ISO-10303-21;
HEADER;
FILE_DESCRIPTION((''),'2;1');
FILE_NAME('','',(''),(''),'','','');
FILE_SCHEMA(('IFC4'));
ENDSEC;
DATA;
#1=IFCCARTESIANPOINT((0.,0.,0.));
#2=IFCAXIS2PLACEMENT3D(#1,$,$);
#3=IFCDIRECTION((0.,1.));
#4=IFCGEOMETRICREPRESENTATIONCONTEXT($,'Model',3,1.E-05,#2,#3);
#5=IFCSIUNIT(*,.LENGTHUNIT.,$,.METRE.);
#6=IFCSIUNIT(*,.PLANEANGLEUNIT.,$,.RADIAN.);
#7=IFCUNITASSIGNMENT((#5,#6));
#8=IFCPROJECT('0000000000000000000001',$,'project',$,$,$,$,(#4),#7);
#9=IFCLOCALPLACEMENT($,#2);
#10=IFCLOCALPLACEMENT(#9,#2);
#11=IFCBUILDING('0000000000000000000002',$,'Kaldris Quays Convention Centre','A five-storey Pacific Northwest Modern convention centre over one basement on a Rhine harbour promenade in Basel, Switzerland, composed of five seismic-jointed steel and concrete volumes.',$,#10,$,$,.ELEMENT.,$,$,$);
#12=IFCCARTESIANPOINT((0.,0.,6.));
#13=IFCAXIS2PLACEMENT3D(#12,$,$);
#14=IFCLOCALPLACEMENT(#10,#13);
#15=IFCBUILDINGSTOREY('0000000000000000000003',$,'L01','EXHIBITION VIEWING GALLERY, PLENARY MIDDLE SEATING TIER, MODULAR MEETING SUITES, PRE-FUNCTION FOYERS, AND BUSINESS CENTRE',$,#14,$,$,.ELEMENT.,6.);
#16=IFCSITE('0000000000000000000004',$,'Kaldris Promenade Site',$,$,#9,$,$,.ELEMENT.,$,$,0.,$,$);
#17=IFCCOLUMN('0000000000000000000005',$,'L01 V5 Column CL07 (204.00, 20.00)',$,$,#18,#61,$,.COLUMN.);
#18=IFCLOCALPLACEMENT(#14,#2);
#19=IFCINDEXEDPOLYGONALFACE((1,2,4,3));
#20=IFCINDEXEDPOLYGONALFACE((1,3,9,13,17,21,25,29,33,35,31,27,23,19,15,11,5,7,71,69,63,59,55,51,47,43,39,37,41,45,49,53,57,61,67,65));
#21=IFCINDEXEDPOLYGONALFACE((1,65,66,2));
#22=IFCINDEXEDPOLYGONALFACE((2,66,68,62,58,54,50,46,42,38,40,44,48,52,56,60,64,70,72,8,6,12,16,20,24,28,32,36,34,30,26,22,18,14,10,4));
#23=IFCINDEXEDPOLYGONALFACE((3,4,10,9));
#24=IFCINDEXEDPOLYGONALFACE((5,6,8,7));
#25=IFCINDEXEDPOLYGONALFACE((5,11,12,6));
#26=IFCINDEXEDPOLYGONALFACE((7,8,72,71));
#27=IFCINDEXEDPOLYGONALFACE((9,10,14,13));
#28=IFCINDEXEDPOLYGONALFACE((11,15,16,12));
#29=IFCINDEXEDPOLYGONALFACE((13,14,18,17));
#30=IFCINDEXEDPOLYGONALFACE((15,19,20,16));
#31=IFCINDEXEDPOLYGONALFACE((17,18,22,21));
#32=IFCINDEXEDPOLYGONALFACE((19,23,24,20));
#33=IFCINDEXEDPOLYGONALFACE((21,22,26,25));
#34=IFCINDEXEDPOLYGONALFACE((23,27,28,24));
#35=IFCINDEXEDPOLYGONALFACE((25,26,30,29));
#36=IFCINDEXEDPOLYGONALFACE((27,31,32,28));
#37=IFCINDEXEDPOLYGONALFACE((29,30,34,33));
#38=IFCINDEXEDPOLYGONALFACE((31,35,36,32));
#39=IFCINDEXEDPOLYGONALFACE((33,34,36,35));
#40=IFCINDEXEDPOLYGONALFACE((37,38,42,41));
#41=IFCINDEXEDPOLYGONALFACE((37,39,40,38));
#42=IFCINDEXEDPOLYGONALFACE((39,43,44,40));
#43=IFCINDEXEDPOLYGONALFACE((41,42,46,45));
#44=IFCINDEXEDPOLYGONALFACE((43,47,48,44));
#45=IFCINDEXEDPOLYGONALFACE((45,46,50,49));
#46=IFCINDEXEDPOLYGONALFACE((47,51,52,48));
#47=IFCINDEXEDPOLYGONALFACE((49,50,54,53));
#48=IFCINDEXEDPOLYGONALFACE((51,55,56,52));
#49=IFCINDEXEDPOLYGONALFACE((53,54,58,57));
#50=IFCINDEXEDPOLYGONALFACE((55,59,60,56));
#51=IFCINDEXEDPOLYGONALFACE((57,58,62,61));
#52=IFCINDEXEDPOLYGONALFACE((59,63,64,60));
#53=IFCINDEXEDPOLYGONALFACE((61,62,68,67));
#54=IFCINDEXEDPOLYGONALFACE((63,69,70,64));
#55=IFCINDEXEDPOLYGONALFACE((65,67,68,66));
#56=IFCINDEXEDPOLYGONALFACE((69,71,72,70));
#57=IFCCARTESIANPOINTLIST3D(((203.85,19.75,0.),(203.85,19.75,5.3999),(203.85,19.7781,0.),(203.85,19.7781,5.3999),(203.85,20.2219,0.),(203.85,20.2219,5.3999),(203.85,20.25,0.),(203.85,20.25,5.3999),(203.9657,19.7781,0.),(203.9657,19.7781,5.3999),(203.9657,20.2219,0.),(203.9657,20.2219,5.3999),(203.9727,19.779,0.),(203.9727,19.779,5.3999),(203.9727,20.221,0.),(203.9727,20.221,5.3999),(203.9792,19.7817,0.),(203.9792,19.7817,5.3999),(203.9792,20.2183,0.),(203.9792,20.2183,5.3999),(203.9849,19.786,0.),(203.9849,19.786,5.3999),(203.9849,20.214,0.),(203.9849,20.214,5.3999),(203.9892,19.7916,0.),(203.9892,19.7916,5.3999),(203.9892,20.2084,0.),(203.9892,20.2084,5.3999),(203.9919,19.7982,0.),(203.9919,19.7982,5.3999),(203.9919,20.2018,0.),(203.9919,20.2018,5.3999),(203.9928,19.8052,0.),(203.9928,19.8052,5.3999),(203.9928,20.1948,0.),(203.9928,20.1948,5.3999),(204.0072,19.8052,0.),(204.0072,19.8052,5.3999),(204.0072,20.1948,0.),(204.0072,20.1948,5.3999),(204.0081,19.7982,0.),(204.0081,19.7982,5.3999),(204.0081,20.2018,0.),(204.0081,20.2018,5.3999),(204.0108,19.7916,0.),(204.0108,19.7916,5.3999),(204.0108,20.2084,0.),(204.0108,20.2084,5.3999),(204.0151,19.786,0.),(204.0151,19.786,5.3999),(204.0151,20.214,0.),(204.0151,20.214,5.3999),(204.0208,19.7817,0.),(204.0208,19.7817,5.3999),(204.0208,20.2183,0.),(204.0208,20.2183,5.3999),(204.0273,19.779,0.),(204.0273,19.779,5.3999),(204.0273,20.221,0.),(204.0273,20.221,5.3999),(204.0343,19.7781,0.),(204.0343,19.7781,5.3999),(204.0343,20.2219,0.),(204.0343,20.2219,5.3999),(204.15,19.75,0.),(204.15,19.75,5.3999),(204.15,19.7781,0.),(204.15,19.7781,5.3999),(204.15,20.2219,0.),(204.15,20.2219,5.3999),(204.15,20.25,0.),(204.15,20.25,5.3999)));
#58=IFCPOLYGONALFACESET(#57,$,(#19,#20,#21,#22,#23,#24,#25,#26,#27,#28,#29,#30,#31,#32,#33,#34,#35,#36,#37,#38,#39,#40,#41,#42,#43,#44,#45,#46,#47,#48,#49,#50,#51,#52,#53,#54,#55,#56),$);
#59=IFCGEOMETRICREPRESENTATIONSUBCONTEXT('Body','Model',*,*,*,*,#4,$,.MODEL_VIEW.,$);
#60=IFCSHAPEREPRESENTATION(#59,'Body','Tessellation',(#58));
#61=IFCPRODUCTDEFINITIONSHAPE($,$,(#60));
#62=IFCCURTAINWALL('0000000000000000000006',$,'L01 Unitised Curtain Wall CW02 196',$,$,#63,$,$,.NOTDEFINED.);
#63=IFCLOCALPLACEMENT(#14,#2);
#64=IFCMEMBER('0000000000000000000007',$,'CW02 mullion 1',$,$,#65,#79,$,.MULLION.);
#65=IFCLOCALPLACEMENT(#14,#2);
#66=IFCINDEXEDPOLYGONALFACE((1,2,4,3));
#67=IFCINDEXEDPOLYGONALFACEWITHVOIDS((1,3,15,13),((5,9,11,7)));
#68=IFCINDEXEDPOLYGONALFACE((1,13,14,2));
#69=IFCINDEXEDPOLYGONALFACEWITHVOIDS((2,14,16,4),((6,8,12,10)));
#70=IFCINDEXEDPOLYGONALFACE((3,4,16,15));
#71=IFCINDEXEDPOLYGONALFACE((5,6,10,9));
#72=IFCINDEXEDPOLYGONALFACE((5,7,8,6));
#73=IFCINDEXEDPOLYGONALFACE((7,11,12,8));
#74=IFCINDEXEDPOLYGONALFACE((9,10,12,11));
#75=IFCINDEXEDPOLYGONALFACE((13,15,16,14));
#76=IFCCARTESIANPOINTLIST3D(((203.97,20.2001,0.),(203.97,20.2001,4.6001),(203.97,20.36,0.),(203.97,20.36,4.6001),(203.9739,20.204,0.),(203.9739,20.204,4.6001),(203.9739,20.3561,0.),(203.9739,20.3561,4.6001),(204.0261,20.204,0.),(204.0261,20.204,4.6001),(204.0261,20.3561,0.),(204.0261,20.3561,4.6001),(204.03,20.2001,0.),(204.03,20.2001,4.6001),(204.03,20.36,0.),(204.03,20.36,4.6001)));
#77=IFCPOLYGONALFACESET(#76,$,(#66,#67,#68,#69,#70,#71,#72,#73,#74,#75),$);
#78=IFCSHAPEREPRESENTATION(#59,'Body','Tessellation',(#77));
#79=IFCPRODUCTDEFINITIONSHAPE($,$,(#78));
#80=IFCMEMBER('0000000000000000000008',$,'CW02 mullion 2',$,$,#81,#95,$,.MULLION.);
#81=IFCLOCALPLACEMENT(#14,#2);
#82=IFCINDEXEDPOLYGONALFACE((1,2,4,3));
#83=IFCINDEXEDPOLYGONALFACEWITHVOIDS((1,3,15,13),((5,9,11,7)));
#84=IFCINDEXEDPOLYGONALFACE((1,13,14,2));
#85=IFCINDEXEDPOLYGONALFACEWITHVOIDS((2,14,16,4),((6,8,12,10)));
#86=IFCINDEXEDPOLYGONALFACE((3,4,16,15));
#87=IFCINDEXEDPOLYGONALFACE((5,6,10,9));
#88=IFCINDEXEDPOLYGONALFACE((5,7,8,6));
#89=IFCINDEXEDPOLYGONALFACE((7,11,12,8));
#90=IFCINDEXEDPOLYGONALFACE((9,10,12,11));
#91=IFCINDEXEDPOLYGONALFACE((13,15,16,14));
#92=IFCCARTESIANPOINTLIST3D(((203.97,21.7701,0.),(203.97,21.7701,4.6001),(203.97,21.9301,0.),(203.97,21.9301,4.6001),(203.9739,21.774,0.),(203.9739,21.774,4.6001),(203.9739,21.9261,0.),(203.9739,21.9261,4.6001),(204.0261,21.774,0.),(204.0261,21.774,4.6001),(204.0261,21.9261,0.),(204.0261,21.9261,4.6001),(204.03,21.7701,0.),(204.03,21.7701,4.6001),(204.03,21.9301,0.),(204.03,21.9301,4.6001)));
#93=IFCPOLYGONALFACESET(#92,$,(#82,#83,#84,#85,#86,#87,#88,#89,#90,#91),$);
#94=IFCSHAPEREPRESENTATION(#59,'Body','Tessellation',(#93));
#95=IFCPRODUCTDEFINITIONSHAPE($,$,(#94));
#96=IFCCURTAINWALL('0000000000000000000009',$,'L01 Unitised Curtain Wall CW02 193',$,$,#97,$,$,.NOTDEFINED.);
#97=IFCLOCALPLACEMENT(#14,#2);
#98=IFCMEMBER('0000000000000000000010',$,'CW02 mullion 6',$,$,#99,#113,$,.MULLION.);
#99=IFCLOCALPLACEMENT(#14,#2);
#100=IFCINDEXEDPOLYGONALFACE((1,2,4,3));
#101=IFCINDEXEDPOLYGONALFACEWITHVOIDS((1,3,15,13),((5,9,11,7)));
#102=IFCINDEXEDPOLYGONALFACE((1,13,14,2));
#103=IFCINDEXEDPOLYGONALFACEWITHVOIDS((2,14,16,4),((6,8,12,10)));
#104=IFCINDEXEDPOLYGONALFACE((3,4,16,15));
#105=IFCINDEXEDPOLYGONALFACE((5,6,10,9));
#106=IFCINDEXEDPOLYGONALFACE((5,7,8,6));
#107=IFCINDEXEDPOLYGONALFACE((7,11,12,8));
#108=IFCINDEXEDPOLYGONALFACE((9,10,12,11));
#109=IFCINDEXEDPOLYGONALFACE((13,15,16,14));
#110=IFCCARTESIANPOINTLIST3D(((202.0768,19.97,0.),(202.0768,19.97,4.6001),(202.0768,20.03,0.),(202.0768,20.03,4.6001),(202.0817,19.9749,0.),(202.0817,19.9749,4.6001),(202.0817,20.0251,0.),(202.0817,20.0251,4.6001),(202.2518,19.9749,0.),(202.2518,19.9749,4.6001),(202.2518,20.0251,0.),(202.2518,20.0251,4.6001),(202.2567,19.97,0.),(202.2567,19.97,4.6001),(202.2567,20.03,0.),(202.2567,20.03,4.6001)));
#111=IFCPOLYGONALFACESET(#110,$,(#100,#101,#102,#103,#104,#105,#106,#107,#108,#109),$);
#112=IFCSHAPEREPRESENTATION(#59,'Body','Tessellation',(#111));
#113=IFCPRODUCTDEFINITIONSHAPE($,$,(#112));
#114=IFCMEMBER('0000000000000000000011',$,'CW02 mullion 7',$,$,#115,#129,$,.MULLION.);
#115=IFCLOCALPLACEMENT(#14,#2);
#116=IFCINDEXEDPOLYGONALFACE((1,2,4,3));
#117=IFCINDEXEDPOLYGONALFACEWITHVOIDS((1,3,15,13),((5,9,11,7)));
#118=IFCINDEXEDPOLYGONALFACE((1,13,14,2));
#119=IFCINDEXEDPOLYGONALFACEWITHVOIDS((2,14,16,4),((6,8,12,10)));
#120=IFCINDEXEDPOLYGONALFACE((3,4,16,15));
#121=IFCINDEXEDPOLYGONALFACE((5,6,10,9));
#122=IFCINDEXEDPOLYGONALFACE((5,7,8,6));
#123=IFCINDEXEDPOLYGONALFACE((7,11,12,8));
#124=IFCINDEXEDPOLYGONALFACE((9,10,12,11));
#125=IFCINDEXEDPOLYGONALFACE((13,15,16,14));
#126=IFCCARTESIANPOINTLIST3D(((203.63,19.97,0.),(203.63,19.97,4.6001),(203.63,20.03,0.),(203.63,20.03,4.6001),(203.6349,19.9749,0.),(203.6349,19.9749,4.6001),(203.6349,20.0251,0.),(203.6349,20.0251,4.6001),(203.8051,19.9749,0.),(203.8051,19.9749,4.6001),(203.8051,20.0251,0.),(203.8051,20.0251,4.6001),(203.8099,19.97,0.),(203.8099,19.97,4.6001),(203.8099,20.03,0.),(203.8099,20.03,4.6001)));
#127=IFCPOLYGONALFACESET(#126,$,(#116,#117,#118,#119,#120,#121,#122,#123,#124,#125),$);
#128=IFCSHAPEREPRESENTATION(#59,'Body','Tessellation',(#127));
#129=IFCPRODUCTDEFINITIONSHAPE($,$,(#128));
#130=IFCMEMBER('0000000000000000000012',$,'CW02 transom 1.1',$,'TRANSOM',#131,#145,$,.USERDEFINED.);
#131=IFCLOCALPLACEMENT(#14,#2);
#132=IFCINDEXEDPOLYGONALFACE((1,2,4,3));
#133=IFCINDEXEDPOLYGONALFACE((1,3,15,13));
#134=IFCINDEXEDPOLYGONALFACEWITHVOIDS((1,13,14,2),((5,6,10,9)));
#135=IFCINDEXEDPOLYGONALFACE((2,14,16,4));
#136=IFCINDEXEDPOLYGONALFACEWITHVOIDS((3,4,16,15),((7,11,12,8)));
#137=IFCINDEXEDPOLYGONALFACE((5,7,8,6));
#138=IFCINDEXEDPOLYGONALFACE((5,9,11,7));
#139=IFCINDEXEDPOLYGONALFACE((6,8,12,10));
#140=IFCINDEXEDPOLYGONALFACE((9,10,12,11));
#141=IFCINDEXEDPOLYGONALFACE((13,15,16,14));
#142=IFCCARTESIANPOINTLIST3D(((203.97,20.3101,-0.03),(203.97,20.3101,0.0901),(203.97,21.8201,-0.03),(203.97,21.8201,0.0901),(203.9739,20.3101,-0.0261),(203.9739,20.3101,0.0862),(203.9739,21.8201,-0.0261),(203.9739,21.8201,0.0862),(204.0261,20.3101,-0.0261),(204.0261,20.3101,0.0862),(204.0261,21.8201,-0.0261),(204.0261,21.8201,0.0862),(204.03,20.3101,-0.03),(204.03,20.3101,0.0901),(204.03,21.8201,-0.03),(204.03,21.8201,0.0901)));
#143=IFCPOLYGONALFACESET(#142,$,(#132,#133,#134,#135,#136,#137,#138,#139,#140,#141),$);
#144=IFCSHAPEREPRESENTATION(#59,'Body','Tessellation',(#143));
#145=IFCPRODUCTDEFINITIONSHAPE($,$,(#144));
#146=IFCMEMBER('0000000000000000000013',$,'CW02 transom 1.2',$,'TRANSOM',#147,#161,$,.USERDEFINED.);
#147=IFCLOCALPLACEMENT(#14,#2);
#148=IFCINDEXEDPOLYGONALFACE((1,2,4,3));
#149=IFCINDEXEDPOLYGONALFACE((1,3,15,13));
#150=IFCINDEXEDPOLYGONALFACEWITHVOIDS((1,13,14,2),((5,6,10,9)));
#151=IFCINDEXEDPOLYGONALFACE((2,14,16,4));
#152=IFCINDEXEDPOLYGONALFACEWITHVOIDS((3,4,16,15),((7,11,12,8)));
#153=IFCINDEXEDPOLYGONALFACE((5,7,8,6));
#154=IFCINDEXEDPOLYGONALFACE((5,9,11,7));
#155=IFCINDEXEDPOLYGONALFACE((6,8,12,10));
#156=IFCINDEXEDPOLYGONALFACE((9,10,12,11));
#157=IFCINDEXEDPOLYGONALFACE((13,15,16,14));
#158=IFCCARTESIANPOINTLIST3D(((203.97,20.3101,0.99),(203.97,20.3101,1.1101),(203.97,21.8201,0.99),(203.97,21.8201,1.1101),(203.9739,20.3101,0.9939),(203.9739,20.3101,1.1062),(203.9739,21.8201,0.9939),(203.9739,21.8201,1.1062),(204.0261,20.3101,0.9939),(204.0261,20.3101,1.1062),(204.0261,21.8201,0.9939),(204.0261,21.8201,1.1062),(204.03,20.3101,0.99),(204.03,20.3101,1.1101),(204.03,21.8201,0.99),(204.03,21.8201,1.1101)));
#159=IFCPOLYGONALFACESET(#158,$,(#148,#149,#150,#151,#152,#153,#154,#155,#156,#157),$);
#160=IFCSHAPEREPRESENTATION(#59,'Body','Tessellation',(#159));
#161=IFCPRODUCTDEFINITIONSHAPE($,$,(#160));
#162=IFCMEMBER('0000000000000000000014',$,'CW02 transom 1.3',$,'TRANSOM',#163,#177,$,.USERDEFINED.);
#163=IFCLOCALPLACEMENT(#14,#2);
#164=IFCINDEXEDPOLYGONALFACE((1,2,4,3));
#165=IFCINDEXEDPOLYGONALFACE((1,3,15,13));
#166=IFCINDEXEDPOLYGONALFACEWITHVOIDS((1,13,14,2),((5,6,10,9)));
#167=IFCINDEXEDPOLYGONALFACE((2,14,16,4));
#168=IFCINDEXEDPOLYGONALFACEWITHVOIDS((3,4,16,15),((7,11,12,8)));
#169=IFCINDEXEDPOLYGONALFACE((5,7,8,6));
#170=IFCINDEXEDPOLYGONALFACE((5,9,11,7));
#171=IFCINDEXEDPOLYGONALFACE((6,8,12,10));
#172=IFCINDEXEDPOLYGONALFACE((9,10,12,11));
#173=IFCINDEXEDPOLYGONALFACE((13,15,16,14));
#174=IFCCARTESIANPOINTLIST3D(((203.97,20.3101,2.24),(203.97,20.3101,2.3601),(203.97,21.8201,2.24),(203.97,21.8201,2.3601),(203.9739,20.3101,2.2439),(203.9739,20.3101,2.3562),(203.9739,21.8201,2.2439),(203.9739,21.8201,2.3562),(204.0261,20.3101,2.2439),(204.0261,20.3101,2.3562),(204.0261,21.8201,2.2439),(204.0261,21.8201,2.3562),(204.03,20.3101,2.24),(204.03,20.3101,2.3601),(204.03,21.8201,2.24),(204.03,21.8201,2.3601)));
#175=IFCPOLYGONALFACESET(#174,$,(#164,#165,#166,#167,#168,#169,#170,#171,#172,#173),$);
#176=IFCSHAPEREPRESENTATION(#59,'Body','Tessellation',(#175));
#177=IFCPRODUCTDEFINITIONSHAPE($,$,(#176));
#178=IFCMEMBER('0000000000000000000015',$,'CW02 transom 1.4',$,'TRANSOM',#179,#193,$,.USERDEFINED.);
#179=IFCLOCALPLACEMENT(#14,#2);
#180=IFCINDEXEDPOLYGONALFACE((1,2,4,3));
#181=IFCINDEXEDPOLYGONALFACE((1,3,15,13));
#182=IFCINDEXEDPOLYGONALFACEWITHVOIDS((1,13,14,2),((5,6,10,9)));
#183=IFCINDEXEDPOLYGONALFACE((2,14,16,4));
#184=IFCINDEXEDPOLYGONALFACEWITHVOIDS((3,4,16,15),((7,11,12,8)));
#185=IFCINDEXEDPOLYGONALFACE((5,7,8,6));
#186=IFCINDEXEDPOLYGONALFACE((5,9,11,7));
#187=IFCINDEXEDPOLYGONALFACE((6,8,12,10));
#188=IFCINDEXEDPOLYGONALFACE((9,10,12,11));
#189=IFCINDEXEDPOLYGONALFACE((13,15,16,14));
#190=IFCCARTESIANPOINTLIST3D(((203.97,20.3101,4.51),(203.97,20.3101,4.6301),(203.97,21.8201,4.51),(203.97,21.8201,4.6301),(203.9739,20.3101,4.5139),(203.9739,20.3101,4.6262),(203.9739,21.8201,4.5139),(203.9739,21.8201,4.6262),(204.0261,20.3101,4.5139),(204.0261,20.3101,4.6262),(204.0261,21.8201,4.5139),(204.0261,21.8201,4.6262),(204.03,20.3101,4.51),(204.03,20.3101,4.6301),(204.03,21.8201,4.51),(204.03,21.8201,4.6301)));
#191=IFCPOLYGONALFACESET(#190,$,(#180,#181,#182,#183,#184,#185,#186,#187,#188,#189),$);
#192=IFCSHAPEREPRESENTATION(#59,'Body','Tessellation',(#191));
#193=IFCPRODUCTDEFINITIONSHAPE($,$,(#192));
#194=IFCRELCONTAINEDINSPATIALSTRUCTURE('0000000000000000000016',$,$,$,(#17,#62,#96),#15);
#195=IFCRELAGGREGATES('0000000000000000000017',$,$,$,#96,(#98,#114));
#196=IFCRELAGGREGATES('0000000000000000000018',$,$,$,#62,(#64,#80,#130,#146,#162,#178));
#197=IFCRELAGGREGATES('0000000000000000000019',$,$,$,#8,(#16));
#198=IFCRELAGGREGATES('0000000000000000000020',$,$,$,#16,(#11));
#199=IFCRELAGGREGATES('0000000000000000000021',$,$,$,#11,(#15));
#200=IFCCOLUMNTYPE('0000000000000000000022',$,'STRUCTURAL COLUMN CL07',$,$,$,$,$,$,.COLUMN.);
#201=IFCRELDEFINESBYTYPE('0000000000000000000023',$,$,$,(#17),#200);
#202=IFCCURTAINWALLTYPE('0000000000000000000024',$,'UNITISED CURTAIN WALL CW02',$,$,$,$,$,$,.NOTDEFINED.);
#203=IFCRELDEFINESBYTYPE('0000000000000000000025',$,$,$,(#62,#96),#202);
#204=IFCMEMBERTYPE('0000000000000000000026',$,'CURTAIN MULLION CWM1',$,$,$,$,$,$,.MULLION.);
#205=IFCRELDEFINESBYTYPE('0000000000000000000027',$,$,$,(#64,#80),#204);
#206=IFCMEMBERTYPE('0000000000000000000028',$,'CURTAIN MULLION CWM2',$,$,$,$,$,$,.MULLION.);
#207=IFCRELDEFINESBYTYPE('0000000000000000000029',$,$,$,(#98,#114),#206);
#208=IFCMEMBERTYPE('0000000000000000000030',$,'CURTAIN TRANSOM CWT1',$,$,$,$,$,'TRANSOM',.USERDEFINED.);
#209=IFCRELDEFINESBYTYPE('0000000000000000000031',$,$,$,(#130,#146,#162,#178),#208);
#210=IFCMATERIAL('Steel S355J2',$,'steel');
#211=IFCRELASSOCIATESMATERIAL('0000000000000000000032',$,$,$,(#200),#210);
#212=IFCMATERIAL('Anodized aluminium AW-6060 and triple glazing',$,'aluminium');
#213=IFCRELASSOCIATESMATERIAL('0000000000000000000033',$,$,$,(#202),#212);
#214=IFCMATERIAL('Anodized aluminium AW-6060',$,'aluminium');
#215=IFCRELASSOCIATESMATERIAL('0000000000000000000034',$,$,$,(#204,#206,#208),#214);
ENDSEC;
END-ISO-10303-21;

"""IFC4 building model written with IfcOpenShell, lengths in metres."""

from ifc_helpers import new_model, si_unit, direction, frame, origin, origin_2d, place, context, subcontext, project, spatial, hollow_rectangle, i_section, extrude, material, material_profile, profile_set, type_object, element, aggregate, save


model = new_model("IFC4")

# Units and contexts
model_context = context("Model", 3, precision=1e-05, world=origin(), true_north=direction((0.0, 1.0)))
body_context = subcontext(model_context, "Body", "Model", "MODEL_VIEW")
ifc_project = project(units=[si_unit("LENGTHUNIT", "METRE"), si_unit("PLANEANGLEUNIT", "RADIAN")], contexts=[model_context])

# Site, building, storey
site_placement = place(None, origin())
site = spatial("IfcSite", under=ifc_project, at=site_placement, Name="Kaldris Promenade Site", CompositionType="ELEMENT", RefElevation=0.0)
building_placement = place(site_placement, origin())
building = spatial("IfcBuilding", under=site, at=building_placement, Name="Kaldris Quays Convention Centre", Description="A five-storey Pacific Northwest Modern convention centre over one basement on a Rhine harbour promenade in Basel, Switzerland, composed of five seismic-jointed steel and concrete volumes.", CompositionType="ELEMENT")
storey_placement = place(building_placement, frame((0.0, 0.0, 6.0)))
storey = spatial("IfcBuildingStorey", under=building, at=storey_placement, Name="L01", Description="EXHIBITION VIEWING GALLERY, PLENARY MIDDLE SEATING TIER, MODULAR MEETING SUITES, PRE-FUNCTION FOYERS, AND BUSINESS CENTRE", CompositionType="ELEMENT", Elevation=6.0)

# Column
ifc_material_1 = material(Name="Steel S355J2", Category="steel")
ifc_material_profile_1 = material_profile(ifc_material_1, i_section(OverallWidth=0.3, OverallDepth=0.5, WebThickness=0.0144, FlangeThickness=0.0281, FilletRadius=0.0271, at=origin_2d()), Name="HEB 500")
ifc_profile_set_1 = profile_set([ifc_material_profile_1], Name="Steel S355J2")
column_type = type_object("IfcColumnType", Name="STRUCTURAL COLUMN CL07", PredefinedType="COLUMN", material=ifc_profile_set_1)
column_placement = place(storey_placement, frame((204.0, 20.0, 0.0), z_axis=(0.0, 0.0, 1.0), x_axis=(1.0, 0.0, 0.0)))
element("IfcColumn", 1, at=column_placement, inside=storey, type_object=column_type, Name="L01 V5 Column CL07 (204.00, 20.00)", PredefinedType="COLUMN", context=body_context, shape_type="SweptSolid", body=[
    extrude(i_section(OverallWidth=0.3, OverallDepth=0.5, WebThickness=0.0144, FlangeThickness=0.0281, FilletRadius=0.0271, at=origin_2d()), origin(), (0.0, 0.0, 1.0), 5.3999),
])

# Curtain walls, members
ifc_material_2 = material(Name="Anodized aluminium AW-6060 and triple glazing", Category="aluminium")
curtain_wall_type = type_object("IfcCurtainWallType", Name="UNITISED CURTAIN WALL CW02", PredefinedType="NOTDEFINED", material=ifc_material_2)
curtain_wall_1_placement = place(storey_placement, origin())
curtain_wall_1 = element("IfcCurtainWall", 2, at=curtain_wall_1_placement, inside=storey, type_object=curtain_wall_type, Name="L01 Unitised Curtain Wall CW02 196", PredefinedType="NOTDEFINED")
ifc_material_3 = material(Name="Anodized aluminium AW-6060", Category="aluminium")
ifc_material_profile_2 = material_profile(ifc_material_3, hollow_rectangle(XDim=0.0601, YDim=0.1599, WallThickness=0.0039, at=origin_2d()), Name="RHS 160x60x4")
ifc_profile_set_2 = profile_set([ifc_material_profile_2], Name="Anodized aluminium AW-6060")
member_type_1 = type_object("IfcMemberType", Name="CURTAIN MULLION CWM1", PredefinedType="MULLION", material=ifc_profile_set_2)
member_1_placement = place(storey_placement, frame((204.0, 20.28, 0.0), z_axis=(0.0, 0.0, 1.0), x_axis=(-1.0, 0.0, 0.0)))
member_1 = element("IfcMember", 3, at=member_1_placement, type_object=member_type_1, Name="CW02 mullion 1", PredefinedType="MULLION", context=body_context, shape_type="SweptSolid", body=[
    extrude(hollow_rectangle(XDim=0.0601, YDim=0.1599, WallThickness=0.0039, at=origin_2d()), origin(), (0.0, 0.0, 1.0), 4.6001),
])
member_2_placement = place(storey_placement, frame((204.0, 21.8501, 0.0), z_axis=(0.0, 0.0, 1.0), x_axis=(-1.0, 0.0, 0.0)))
member_2 = element("IfcMember", 4, at=member_2_placement, type_object=member_type_1, Name="CW02 mullion 2", PredefinedType="MULLION", context=body_context, shape_type="SweptSolid", body=[
    extrude(hollow_rectangle(XDim=0.0601, YDim=0.1599, WallThickness=0.0039, at=origin_2d()), origin(), (0.0, 0.0, 1.0), 4.6001),
])
curtain_wall_2_placement = place(storey_placement, origin())
curtain_wall_2 = element("IfcCurtainWall", 5, at=curtain_wall_2_placement, inside=storey, type_object=curtain_wall_type, Name="L01 Unitised Curtain Wall CW02 193", PredefinedType="NOTDEFINED")
ifc_material_profile_3 = material_profile(ifc_material_3, hollow_rectangle(XDim=0.0601, YDim=0.1799, WallThickness=0.0049, at=origin_2d()), Name="RHS 180x60x5")
ifc_profile_set_3 = profile_set([ifc_material_profile_3], Name="Anodized aluminium AW-6060")
member_type_2 = type_object("IfcMemberType", Name="CURTAIN MULLION CWM2", PredefinedType="MULLION", material=ifc_profile_set_3)
member_3_placement = place(storey_placement, frame((202.1667, 20.0, 0.0), z_axis=(0.0, 0.0, 1.0), x_axis=(0.0, 1.0, 0.0)))
member_3 = element("IfcMember", 6, at=member_3_placement, type_object=member_type_2, Name="CW02 mullion 6", PredefinedType="MULLION", context=body_context, shape_type="SweptSolid", body=[
    extrude(hollow_rectangle(XDim=0.0601, YDim=0.1799, WallThickness=0.0049, at=origin_2d()), origin(), (0.0, 0.0, 1.0), 4.6001),
])
member_4_placement = place(storey_placement, frame((203.72, 20.0, 0.0), z_axis=(0.0, 0.0, 1.0), x_axis=(0.0, 1.0, 0.0)))
member_4 = element("IfcMember", 7, at=member_4_placement, type_object=member_type_2, Name="CW02 mullion 7", PredefinedType="MULLION", context=body_context, shape_type="SweptSolid", body=[
    extrude(hollow_rectangle(XDim=0.0601, YDim=0.1799, WallThickness=0.0049, at=origin_2d()), origin(), (0.0, 0.0, 1.0), 4.6001),
])

# Members
ifc_material_profile_4 = material_profile(ifc_material_3, hollow_rectangle(XDim=0.0601, YDim=0.1201, WallThickness=0.0039, at=origin_2d()), Name="RHS 120x60x4")
ifc_profile_set_4 = profile_set([ifc_material_profile_4], Name="Anodized aluminium AW-6060")
member_type_3 = type_object("IfcMemberType", Name="CURTAIN TRANSOM CWT1", ElementType="TRANSOM", PredefinedType="USERDEFINED", material=ifc_profile_set_4)
member_5_placement = place(storey_placement, frame((204.0, 20.3101, 0.03), z_axis=(0.0, 1.0, 0.0), x_axis=(-1.0, 0.0, 0.0)))
member_5 = element("IfcMember", 8, at=member_5_placement, type_object=member_type_3, Name="CW02 transom 1.1", ObjectType="TRANSOM", PredefinedType="USERDEFINED", context=body_context, shape_type="SweptSolid", body=[
    extrude(hollow_rectangle(XDim=0.0601, YDim=0.1201, WallThickness=0.0039, at=origin_2d()), origin(), (0.0, 0.0, 1.0), 1.51),
])
member_6_placement = place(storey_placement, frame((204.0, 20.3101, 1.05), z_axis=(0.0, 1.0, 0.0), x_axis=(-1.0, 0.0, 0.0)))
member_6 = element("IfcMember", 9, at=member_6_placement, type_object=member_type_3, Name="CW02 transom 1.2", ObjectType="TRANSOM", PredefinedType="USERDEFINED", context=body_context, shape_type="SweptSolid", body=[
    extrude(hollow_rectangle(XDim=0.0601, YDim=0.1201, WallThickness=0.0039, at=origin_2d()), origin(), (0.0, 0.0, 1.0), 1.51),
])
member_7_placement = place(storey_placement, frame((204.0, 20.3101, 2.3), z_axis=(0.0, 1.0, 0.0), x_axis=(-1.0, 0.0, 0.0)))
member_7 = element("IfcMember", 10, at=member_7_placement, type_object=member_type_3, Name="CW02 transom 1.3", ObjectType="TRANSOM", PredefinedType="USERDEFINED", context=body_context, shape_type="SweptSolid", body=[
    extrude(hollow_rectangle(XDim=0.0601, YDim=0.1201, WallThickness=0.0039, at=origin_2d()), origin(), (0.0, 0.0, 1.0), 1.51),
])
member_8_placement = place(storey_placement, frame((204.0, 20.3101, 4.5701), z_axis=(0.0, 1.0, 0.0), x_axis=(-1.0, 0.0, 0.0)))
member_8 = element("IfcMember", 11, at=member_8_placement, type_object=member_type_3, Name="CW02 transom 1.4", ObjectType="TRANSOM", PredefinedType="USERDEFINED", context=body_context, shape_type="SweptSolid", body=[
    extrude(hollow_rectangle(XDim=0.0601, YDim=0.1201, WallThickness=0.0039, at=origin_2d()), origin(), (0.0, 0.0, 1.0), 1.51),
])

aggregate(curtain_wall_2, [member_3, member_4])
aggregate(curtain_wall_1, [member_1, member_2, member_5, member_6, member_7, member_8])

save(model, "model.ifc")
